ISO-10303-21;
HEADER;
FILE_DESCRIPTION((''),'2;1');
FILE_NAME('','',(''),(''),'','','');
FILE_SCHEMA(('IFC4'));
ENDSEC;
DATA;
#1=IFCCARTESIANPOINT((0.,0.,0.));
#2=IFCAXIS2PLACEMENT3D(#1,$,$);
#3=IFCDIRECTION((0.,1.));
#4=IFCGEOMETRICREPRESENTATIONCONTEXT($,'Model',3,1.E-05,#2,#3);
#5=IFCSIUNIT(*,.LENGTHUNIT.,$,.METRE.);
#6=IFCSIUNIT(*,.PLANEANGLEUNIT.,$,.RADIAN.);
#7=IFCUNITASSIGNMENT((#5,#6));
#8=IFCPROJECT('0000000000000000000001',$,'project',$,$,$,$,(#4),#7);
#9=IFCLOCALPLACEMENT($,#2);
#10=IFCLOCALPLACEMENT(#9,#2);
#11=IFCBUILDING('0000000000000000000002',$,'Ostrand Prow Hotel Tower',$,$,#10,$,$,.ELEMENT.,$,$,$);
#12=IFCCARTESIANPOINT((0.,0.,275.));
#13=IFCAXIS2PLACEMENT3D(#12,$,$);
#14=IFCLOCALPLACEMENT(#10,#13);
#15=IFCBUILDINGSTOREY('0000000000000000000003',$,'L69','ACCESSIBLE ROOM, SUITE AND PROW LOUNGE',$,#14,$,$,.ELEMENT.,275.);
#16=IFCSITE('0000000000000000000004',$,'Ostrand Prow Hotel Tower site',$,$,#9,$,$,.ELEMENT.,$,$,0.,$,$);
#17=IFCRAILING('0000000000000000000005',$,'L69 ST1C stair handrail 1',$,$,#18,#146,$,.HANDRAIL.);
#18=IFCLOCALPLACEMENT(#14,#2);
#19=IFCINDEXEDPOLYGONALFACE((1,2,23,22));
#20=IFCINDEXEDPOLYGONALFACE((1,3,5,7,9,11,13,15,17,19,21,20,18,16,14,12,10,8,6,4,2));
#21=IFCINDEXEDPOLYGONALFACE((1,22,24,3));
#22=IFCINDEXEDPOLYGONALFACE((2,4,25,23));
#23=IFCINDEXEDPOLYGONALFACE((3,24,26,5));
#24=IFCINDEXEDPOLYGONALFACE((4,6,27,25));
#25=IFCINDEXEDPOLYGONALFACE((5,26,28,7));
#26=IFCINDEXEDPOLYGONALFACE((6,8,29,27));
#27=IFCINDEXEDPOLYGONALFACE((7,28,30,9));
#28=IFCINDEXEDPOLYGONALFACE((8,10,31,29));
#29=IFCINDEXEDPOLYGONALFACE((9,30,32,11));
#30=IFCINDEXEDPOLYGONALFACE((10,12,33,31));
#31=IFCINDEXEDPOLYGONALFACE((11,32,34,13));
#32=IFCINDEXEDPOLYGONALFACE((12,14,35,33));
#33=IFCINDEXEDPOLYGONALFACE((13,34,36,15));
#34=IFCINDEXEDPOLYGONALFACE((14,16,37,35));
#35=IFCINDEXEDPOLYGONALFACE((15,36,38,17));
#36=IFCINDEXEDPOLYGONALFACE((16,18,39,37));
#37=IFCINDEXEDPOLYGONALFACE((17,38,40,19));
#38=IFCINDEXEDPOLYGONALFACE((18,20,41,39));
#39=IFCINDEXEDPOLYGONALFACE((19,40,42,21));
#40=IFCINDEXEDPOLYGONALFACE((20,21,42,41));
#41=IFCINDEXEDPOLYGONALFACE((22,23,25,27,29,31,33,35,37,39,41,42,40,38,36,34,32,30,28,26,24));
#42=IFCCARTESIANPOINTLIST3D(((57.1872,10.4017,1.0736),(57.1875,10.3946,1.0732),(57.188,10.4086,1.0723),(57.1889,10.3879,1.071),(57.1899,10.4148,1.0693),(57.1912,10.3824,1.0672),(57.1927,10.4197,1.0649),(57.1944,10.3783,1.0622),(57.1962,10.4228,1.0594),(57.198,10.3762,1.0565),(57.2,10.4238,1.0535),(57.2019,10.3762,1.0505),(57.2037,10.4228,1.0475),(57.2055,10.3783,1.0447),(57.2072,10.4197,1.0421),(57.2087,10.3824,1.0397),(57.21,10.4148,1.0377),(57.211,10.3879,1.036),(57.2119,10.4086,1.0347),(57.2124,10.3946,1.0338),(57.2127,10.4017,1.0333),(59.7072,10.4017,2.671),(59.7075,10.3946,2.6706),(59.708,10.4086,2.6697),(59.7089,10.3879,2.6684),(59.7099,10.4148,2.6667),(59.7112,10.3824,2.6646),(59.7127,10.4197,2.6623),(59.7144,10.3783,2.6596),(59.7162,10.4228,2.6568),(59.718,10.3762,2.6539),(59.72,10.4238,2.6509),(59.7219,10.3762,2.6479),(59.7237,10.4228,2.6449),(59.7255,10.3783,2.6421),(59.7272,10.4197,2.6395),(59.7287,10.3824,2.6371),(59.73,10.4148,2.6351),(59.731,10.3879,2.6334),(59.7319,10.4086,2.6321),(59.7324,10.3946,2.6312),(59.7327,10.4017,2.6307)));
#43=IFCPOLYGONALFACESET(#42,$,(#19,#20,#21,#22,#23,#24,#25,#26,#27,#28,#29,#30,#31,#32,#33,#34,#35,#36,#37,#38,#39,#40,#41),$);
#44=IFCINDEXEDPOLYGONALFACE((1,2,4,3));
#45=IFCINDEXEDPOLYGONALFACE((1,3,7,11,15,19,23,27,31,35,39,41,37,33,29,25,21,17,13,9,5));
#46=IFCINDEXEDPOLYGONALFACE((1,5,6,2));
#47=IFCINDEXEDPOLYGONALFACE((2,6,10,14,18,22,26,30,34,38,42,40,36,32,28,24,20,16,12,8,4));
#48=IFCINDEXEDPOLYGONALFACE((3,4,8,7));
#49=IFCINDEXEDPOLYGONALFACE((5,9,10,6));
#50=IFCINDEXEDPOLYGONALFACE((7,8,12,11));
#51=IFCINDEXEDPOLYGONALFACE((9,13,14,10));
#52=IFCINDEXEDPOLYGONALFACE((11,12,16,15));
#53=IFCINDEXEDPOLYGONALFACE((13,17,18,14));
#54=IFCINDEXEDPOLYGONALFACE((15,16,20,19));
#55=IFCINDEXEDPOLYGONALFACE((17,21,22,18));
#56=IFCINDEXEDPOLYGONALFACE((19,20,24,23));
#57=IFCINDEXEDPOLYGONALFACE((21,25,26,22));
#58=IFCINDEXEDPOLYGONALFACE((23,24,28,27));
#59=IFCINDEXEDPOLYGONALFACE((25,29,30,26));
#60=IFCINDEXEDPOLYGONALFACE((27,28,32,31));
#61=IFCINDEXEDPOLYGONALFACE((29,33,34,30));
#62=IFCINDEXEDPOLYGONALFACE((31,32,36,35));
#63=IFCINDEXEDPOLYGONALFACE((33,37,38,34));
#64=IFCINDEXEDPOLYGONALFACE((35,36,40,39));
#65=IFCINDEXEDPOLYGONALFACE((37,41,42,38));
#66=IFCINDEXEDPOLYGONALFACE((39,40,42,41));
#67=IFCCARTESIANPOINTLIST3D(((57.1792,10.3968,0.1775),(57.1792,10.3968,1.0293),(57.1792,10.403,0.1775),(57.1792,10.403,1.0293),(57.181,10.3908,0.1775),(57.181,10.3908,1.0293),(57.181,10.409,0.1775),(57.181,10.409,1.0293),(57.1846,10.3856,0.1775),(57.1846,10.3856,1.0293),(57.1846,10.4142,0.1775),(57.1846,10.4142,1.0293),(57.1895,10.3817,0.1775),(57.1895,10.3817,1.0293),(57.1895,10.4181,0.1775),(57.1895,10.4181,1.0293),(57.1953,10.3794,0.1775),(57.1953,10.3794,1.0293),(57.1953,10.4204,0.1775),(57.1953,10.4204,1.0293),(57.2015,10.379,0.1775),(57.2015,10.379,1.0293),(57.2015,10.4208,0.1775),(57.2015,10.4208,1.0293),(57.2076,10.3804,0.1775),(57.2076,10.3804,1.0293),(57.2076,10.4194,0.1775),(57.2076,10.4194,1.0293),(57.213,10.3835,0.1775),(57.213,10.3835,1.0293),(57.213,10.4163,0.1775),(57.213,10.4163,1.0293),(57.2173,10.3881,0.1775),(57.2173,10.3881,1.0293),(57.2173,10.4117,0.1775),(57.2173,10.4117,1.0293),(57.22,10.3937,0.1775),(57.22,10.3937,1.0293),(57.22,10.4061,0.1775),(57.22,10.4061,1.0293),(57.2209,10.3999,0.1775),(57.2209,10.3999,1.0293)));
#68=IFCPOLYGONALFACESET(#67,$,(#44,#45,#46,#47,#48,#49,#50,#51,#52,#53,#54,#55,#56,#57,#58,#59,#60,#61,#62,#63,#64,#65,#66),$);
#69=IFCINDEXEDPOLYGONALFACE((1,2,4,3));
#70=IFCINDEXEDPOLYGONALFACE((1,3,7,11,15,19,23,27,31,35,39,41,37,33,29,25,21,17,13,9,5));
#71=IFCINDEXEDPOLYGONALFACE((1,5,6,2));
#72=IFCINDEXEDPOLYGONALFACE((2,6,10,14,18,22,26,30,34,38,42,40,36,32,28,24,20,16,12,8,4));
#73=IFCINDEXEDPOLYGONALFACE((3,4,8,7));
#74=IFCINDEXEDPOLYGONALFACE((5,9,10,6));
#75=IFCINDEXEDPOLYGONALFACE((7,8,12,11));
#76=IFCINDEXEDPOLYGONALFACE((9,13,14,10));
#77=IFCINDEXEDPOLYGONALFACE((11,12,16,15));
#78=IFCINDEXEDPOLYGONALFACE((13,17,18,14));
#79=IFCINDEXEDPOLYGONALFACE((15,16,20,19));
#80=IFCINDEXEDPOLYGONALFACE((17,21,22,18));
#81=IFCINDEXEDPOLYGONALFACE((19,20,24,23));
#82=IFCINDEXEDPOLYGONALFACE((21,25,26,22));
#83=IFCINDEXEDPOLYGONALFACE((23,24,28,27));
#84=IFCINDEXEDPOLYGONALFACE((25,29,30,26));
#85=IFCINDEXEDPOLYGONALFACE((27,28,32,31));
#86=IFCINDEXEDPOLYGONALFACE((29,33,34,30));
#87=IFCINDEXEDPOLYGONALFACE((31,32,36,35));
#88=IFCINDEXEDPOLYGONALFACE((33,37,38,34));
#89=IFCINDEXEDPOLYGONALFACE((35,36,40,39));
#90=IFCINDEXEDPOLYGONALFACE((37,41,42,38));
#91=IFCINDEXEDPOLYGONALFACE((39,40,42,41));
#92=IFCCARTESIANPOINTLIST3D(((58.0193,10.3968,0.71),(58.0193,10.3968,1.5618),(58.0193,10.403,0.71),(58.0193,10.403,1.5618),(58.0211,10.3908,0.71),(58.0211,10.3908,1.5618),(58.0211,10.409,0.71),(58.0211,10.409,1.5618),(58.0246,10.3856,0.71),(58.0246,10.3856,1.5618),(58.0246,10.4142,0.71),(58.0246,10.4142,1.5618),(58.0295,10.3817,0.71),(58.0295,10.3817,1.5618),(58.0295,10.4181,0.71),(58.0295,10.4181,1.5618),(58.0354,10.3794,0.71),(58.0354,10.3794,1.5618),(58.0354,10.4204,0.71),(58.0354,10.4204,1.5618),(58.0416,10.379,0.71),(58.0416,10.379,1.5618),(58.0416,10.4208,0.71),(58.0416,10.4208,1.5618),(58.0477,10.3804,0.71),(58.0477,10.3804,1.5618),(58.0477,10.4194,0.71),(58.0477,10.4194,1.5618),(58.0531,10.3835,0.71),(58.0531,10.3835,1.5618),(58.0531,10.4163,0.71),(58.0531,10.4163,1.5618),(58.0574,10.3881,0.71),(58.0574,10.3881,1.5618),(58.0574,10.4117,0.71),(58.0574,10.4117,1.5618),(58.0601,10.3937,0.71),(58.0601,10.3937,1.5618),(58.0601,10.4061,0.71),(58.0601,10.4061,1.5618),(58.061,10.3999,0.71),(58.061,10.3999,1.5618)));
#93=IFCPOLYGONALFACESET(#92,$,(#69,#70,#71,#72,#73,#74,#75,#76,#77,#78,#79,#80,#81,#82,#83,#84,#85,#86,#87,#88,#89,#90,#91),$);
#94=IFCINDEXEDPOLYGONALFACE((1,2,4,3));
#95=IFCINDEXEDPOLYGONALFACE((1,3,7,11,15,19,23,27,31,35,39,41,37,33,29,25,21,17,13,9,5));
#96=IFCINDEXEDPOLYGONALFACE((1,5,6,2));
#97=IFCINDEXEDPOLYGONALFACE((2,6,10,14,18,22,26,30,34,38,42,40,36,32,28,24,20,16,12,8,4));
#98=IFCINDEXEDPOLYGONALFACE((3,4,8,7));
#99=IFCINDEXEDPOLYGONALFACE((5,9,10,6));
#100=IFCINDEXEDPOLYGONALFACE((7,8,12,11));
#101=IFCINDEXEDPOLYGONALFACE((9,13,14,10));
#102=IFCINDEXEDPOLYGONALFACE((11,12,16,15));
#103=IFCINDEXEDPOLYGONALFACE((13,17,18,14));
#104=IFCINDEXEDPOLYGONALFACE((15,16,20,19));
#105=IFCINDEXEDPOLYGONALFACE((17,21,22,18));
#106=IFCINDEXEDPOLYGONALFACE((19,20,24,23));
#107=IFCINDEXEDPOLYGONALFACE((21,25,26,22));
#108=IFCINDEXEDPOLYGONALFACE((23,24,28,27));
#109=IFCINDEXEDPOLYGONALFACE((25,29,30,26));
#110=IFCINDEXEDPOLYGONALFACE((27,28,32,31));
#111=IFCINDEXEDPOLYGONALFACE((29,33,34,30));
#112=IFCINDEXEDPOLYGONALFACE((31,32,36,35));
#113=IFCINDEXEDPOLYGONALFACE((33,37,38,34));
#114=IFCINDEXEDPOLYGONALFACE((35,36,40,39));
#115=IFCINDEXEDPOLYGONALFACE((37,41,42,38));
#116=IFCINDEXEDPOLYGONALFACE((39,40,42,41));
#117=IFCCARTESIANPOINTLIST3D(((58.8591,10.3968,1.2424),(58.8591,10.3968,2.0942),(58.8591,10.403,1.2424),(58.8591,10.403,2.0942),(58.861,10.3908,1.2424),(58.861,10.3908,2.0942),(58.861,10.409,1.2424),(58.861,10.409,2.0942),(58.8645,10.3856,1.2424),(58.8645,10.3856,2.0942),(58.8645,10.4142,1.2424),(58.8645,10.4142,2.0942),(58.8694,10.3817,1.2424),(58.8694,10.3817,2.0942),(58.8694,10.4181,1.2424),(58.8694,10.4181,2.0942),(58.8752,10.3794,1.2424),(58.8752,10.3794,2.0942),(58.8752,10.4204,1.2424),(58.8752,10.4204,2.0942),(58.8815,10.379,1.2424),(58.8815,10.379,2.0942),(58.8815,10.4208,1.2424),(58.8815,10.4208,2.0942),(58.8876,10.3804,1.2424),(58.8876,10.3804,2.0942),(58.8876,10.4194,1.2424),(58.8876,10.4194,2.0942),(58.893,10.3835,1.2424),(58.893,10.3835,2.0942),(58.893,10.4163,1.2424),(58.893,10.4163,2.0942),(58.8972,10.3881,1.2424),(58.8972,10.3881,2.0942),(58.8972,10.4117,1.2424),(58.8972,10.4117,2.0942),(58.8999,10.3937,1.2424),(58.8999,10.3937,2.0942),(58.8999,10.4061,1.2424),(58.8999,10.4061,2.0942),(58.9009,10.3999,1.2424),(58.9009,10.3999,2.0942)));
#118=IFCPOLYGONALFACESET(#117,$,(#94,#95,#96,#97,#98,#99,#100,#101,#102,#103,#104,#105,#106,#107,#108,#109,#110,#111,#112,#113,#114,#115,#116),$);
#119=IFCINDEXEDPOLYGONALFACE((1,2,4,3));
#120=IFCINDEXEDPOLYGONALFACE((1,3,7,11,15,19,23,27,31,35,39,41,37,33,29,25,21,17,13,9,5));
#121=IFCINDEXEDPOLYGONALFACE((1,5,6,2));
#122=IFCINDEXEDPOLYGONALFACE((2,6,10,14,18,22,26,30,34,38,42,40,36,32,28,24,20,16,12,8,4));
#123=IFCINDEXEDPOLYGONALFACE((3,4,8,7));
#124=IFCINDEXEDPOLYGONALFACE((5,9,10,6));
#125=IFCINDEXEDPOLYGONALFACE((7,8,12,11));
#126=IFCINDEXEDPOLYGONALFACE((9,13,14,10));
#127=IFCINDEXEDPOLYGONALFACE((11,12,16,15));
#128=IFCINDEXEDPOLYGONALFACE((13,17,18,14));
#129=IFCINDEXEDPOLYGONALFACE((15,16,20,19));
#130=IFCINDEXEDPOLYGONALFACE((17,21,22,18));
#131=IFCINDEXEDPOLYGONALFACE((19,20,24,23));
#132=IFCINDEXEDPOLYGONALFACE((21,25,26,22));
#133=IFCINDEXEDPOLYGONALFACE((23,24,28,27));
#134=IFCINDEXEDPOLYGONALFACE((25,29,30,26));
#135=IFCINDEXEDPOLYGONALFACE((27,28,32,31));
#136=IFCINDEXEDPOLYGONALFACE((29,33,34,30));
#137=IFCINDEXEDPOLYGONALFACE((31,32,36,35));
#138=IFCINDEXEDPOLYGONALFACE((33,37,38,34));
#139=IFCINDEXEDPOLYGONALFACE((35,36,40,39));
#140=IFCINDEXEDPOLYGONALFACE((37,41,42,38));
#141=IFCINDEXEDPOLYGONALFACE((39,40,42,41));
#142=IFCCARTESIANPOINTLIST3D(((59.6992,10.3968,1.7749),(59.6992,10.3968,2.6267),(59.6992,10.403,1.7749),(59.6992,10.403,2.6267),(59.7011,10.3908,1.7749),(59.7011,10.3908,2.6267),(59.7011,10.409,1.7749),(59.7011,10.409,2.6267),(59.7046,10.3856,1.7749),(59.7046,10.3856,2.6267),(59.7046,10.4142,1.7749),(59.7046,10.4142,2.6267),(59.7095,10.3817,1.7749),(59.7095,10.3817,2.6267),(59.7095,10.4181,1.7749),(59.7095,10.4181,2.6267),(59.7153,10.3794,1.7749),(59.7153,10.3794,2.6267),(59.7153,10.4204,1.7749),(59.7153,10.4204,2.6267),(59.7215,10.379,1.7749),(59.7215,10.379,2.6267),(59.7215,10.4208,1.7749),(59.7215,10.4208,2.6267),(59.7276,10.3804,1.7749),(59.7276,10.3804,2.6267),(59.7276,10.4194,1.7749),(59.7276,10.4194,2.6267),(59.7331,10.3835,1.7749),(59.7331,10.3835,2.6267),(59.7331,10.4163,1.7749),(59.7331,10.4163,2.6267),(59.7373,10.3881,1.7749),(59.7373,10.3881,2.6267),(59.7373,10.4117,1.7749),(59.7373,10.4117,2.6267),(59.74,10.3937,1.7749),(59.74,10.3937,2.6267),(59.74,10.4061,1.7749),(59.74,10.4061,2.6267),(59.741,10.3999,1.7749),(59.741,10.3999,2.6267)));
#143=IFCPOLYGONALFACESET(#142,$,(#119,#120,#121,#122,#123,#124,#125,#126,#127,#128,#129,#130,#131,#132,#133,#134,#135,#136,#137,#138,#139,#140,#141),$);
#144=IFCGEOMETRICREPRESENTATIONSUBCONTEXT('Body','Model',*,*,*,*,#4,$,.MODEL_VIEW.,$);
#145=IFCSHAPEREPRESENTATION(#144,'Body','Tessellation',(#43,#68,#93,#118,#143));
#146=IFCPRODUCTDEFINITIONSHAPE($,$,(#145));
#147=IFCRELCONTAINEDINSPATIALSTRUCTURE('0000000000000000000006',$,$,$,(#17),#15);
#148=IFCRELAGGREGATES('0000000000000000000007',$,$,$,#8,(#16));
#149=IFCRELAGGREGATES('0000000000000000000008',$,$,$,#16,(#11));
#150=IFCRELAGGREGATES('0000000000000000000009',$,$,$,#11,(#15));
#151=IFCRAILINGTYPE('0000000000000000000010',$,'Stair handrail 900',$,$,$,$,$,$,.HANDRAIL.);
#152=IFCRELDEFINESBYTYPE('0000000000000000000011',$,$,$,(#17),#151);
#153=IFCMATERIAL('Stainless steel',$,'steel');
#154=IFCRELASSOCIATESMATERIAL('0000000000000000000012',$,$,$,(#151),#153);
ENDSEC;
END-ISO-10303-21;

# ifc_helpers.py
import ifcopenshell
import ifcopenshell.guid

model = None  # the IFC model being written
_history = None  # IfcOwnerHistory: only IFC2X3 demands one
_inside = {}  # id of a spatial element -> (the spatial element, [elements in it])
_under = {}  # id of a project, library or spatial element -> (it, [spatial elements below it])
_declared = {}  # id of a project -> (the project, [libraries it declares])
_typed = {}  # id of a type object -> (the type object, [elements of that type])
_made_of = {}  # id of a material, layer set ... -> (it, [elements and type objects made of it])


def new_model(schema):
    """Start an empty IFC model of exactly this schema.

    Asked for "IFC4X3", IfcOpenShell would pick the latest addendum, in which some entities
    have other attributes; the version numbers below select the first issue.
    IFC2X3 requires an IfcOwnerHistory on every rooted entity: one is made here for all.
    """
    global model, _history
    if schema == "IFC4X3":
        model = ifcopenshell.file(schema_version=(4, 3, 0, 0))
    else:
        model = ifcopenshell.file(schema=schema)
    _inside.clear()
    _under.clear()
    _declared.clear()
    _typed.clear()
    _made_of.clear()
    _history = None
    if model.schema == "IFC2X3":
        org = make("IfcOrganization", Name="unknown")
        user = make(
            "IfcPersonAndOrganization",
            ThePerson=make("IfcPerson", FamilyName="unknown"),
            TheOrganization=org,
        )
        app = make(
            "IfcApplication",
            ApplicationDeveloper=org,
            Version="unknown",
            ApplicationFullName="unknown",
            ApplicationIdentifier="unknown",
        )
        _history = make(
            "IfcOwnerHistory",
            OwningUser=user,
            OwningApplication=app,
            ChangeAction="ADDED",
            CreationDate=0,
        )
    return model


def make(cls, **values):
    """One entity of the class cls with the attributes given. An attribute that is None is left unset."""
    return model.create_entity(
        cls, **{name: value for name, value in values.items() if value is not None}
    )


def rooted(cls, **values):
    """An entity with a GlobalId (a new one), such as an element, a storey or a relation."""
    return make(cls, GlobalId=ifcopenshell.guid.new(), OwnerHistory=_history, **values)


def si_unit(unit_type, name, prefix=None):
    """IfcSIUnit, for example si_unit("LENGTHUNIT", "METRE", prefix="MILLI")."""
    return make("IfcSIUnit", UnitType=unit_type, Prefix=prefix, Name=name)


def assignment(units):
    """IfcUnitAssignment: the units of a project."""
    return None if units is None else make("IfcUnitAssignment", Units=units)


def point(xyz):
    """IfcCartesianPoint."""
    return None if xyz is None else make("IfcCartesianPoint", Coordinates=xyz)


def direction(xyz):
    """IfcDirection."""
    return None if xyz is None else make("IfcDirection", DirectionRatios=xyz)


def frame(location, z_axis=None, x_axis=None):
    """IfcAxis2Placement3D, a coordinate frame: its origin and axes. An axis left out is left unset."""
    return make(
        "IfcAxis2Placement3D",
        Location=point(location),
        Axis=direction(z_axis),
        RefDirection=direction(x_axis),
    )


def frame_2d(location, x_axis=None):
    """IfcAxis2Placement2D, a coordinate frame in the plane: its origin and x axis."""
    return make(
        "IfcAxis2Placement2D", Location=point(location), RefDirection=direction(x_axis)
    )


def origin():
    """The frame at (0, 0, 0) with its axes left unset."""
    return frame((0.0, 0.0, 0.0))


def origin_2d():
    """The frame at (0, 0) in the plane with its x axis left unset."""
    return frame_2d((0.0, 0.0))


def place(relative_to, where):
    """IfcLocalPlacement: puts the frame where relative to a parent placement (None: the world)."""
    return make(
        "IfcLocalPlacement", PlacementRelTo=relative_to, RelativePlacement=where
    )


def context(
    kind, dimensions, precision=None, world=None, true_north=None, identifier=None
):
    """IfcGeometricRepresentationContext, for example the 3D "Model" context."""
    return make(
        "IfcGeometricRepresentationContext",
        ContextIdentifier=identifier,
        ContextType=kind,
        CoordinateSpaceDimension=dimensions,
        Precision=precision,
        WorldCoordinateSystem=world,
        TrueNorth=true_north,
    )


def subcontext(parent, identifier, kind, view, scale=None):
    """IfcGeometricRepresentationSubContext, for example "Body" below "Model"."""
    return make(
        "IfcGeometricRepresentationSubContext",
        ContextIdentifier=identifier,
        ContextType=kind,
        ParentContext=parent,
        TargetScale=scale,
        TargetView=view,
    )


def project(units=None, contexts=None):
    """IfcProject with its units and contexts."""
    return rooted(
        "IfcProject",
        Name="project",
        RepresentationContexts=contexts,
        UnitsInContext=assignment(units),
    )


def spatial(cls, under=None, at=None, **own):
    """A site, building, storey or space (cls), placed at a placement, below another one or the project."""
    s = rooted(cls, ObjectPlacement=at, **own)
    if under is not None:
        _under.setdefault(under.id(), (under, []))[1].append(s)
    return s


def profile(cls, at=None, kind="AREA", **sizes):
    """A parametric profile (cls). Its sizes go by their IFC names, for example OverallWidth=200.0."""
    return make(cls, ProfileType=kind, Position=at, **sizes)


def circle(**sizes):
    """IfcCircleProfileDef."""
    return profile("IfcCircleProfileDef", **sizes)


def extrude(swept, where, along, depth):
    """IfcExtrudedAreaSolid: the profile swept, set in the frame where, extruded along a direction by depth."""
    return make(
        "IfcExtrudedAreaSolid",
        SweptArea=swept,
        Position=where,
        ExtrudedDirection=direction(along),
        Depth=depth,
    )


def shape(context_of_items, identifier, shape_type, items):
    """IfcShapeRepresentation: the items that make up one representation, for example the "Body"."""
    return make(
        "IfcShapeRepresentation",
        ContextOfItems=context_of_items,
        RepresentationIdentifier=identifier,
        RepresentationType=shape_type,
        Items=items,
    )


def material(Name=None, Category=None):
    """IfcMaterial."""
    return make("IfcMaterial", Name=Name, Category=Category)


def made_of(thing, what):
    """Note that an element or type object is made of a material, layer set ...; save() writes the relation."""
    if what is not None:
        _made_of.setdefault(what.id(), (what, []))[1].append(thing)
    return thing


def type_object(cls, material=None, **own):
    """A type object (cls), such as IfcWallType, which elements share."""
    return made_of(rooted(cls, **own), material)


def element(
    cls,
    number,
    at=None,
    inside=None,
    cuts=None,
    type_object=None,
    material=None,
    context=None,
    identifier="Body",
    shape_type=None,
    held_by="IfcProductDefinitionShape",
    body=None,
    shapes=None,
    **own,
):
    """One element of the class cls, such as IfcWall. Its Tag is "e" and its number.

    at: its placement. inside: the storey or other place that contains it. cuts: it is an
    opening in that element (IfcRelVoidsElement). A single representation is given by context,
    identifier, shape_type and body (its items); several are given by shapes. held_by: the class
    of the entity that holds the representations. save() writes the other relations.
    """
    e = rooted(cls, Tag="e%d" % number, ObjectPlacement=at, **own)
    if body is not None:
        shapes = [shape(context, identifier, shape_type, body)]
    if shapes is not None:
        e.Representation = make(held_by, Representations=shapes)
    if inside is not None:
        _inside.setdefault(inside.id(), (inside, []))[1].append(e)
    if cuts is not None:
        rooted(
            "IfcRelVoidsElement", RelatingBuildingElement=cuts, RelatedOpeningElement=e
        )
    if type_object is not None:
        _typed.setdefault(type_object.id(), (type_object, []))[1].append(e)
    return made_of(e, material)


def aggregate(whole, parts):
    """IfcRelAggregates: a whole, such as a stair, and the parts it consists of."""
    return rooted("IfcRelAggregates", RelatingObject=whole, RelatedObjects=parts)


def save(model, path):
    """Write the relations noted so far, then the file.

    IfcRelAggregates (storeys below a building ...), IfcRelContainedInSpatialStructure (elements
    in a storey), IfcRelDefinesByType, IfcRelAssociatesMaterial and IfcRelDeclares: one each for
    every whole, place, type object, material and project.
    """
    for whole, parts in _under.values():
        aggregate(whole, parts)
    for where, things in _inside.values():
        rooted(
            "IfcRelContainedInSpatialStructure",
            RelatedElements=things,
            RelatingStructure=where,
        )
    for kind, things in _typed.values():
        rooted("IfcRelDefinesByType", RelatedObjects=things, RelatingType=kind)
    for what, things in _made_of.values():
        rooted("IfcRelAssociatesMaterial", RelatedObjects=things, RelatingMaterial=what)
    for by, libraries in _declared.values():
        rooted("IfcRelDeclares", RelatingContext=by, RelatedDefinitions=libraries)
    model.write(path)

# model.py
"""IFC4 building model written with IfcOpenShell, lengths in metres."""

from ifc_helpers import new_model, si_unit, direction, frame, origin, origin_2d, place, context, subcontext, project, spatial, circle, extrude, material, type_object, element, save


model = new_model("IFC4")

# Units and contexts
model_context = context("Model", 3, precision=1e-05, world=origin(), true_north=direction((0.0, 1.0)))
body_context = subcontext(model_context, "Body", "Model", "MODEL_VIEW")
ifc_project = project(units=[si_unit("LENGTHUNIT", "METRE"), si_unit("PLANEANGLEUNIT", "RADIAN")], contexts=[model_context])

# Site, building, storey
site_placement = place(None, origin())
site = spatial("IfcSite", under=ifc_project, at=site_placement, Name="Ostrand Prow Hotel Tower site", CompositionType="ELEMENT", RefElevation=0.0)
building_placement = place(site_placement, origin())
building = spatial("IfcBuilding", under=site, at=building_placement, Name="Ostrand Prow Hotel Tower", CompositionType="ELEMENT")
storey_placement = place(building_placement, frame((0.0, 0.0, 275.0)))
storey = spatial("IfcBuildingStorey", under=building, at=storey_placement, Name="L69", Description="ACCESSIBLE ROOM, SUITE AND PROW LOUNGE", CompositionType="ELEMENT", Elevation=275.0)

# Railing
ifc_material_1 = material(Name="Stainless steel", Category="steel")
railing_type_1 = type_object("IfcRailingType", Name="Stair handrail 900", PredefinedType="HANDRAIL", material=ifc_material_1)
railing_1_placement = place(storey_placement, frame((57.2, 10.3999, 0.1775)))
element("IfcRailing", 1, at=railing_1_placement, inside=storey, type_object=railing_type_1, Name="L69 ST1C stair handrail 1", PredefinedType="HANDRAIL", context=body_context, shape_type="SweptSolid", body=[
    extrude(circle(Radius=0.0239, at=origin_2d()), frame((0.0, 0.0, 0.876), z_axis=(0.844607, 0.0, 0.535387), x_axis=(0.0, 1.0, 0.0)), (0.0, 0.0, 1.0), 2.9836),
    extrude(circle(Radius=0.021, at=origin_2d()), origin(), (0.0, 0.0, 1.0), 0.8518),
    extrude(circle(Radius=0.021, at=origin_2d()), frame((0.8401, 0.0, 0.5325)), (0.0, 0.0, 1.0), 0.8518),
    extrude(circle(Radius=0.021, at=origin_2d()), frame((1.6799, 0.0, 1.0649)), (0.0, 0.0, 1.0), 0.8518),
    extrude(circle(Radius=0.021, at=origin_2d()), frame((2.52, 0.0, 1.5974)), (0.0, 0.0, 1.0), 0.8518),
])

save(model, "model.ifc")
